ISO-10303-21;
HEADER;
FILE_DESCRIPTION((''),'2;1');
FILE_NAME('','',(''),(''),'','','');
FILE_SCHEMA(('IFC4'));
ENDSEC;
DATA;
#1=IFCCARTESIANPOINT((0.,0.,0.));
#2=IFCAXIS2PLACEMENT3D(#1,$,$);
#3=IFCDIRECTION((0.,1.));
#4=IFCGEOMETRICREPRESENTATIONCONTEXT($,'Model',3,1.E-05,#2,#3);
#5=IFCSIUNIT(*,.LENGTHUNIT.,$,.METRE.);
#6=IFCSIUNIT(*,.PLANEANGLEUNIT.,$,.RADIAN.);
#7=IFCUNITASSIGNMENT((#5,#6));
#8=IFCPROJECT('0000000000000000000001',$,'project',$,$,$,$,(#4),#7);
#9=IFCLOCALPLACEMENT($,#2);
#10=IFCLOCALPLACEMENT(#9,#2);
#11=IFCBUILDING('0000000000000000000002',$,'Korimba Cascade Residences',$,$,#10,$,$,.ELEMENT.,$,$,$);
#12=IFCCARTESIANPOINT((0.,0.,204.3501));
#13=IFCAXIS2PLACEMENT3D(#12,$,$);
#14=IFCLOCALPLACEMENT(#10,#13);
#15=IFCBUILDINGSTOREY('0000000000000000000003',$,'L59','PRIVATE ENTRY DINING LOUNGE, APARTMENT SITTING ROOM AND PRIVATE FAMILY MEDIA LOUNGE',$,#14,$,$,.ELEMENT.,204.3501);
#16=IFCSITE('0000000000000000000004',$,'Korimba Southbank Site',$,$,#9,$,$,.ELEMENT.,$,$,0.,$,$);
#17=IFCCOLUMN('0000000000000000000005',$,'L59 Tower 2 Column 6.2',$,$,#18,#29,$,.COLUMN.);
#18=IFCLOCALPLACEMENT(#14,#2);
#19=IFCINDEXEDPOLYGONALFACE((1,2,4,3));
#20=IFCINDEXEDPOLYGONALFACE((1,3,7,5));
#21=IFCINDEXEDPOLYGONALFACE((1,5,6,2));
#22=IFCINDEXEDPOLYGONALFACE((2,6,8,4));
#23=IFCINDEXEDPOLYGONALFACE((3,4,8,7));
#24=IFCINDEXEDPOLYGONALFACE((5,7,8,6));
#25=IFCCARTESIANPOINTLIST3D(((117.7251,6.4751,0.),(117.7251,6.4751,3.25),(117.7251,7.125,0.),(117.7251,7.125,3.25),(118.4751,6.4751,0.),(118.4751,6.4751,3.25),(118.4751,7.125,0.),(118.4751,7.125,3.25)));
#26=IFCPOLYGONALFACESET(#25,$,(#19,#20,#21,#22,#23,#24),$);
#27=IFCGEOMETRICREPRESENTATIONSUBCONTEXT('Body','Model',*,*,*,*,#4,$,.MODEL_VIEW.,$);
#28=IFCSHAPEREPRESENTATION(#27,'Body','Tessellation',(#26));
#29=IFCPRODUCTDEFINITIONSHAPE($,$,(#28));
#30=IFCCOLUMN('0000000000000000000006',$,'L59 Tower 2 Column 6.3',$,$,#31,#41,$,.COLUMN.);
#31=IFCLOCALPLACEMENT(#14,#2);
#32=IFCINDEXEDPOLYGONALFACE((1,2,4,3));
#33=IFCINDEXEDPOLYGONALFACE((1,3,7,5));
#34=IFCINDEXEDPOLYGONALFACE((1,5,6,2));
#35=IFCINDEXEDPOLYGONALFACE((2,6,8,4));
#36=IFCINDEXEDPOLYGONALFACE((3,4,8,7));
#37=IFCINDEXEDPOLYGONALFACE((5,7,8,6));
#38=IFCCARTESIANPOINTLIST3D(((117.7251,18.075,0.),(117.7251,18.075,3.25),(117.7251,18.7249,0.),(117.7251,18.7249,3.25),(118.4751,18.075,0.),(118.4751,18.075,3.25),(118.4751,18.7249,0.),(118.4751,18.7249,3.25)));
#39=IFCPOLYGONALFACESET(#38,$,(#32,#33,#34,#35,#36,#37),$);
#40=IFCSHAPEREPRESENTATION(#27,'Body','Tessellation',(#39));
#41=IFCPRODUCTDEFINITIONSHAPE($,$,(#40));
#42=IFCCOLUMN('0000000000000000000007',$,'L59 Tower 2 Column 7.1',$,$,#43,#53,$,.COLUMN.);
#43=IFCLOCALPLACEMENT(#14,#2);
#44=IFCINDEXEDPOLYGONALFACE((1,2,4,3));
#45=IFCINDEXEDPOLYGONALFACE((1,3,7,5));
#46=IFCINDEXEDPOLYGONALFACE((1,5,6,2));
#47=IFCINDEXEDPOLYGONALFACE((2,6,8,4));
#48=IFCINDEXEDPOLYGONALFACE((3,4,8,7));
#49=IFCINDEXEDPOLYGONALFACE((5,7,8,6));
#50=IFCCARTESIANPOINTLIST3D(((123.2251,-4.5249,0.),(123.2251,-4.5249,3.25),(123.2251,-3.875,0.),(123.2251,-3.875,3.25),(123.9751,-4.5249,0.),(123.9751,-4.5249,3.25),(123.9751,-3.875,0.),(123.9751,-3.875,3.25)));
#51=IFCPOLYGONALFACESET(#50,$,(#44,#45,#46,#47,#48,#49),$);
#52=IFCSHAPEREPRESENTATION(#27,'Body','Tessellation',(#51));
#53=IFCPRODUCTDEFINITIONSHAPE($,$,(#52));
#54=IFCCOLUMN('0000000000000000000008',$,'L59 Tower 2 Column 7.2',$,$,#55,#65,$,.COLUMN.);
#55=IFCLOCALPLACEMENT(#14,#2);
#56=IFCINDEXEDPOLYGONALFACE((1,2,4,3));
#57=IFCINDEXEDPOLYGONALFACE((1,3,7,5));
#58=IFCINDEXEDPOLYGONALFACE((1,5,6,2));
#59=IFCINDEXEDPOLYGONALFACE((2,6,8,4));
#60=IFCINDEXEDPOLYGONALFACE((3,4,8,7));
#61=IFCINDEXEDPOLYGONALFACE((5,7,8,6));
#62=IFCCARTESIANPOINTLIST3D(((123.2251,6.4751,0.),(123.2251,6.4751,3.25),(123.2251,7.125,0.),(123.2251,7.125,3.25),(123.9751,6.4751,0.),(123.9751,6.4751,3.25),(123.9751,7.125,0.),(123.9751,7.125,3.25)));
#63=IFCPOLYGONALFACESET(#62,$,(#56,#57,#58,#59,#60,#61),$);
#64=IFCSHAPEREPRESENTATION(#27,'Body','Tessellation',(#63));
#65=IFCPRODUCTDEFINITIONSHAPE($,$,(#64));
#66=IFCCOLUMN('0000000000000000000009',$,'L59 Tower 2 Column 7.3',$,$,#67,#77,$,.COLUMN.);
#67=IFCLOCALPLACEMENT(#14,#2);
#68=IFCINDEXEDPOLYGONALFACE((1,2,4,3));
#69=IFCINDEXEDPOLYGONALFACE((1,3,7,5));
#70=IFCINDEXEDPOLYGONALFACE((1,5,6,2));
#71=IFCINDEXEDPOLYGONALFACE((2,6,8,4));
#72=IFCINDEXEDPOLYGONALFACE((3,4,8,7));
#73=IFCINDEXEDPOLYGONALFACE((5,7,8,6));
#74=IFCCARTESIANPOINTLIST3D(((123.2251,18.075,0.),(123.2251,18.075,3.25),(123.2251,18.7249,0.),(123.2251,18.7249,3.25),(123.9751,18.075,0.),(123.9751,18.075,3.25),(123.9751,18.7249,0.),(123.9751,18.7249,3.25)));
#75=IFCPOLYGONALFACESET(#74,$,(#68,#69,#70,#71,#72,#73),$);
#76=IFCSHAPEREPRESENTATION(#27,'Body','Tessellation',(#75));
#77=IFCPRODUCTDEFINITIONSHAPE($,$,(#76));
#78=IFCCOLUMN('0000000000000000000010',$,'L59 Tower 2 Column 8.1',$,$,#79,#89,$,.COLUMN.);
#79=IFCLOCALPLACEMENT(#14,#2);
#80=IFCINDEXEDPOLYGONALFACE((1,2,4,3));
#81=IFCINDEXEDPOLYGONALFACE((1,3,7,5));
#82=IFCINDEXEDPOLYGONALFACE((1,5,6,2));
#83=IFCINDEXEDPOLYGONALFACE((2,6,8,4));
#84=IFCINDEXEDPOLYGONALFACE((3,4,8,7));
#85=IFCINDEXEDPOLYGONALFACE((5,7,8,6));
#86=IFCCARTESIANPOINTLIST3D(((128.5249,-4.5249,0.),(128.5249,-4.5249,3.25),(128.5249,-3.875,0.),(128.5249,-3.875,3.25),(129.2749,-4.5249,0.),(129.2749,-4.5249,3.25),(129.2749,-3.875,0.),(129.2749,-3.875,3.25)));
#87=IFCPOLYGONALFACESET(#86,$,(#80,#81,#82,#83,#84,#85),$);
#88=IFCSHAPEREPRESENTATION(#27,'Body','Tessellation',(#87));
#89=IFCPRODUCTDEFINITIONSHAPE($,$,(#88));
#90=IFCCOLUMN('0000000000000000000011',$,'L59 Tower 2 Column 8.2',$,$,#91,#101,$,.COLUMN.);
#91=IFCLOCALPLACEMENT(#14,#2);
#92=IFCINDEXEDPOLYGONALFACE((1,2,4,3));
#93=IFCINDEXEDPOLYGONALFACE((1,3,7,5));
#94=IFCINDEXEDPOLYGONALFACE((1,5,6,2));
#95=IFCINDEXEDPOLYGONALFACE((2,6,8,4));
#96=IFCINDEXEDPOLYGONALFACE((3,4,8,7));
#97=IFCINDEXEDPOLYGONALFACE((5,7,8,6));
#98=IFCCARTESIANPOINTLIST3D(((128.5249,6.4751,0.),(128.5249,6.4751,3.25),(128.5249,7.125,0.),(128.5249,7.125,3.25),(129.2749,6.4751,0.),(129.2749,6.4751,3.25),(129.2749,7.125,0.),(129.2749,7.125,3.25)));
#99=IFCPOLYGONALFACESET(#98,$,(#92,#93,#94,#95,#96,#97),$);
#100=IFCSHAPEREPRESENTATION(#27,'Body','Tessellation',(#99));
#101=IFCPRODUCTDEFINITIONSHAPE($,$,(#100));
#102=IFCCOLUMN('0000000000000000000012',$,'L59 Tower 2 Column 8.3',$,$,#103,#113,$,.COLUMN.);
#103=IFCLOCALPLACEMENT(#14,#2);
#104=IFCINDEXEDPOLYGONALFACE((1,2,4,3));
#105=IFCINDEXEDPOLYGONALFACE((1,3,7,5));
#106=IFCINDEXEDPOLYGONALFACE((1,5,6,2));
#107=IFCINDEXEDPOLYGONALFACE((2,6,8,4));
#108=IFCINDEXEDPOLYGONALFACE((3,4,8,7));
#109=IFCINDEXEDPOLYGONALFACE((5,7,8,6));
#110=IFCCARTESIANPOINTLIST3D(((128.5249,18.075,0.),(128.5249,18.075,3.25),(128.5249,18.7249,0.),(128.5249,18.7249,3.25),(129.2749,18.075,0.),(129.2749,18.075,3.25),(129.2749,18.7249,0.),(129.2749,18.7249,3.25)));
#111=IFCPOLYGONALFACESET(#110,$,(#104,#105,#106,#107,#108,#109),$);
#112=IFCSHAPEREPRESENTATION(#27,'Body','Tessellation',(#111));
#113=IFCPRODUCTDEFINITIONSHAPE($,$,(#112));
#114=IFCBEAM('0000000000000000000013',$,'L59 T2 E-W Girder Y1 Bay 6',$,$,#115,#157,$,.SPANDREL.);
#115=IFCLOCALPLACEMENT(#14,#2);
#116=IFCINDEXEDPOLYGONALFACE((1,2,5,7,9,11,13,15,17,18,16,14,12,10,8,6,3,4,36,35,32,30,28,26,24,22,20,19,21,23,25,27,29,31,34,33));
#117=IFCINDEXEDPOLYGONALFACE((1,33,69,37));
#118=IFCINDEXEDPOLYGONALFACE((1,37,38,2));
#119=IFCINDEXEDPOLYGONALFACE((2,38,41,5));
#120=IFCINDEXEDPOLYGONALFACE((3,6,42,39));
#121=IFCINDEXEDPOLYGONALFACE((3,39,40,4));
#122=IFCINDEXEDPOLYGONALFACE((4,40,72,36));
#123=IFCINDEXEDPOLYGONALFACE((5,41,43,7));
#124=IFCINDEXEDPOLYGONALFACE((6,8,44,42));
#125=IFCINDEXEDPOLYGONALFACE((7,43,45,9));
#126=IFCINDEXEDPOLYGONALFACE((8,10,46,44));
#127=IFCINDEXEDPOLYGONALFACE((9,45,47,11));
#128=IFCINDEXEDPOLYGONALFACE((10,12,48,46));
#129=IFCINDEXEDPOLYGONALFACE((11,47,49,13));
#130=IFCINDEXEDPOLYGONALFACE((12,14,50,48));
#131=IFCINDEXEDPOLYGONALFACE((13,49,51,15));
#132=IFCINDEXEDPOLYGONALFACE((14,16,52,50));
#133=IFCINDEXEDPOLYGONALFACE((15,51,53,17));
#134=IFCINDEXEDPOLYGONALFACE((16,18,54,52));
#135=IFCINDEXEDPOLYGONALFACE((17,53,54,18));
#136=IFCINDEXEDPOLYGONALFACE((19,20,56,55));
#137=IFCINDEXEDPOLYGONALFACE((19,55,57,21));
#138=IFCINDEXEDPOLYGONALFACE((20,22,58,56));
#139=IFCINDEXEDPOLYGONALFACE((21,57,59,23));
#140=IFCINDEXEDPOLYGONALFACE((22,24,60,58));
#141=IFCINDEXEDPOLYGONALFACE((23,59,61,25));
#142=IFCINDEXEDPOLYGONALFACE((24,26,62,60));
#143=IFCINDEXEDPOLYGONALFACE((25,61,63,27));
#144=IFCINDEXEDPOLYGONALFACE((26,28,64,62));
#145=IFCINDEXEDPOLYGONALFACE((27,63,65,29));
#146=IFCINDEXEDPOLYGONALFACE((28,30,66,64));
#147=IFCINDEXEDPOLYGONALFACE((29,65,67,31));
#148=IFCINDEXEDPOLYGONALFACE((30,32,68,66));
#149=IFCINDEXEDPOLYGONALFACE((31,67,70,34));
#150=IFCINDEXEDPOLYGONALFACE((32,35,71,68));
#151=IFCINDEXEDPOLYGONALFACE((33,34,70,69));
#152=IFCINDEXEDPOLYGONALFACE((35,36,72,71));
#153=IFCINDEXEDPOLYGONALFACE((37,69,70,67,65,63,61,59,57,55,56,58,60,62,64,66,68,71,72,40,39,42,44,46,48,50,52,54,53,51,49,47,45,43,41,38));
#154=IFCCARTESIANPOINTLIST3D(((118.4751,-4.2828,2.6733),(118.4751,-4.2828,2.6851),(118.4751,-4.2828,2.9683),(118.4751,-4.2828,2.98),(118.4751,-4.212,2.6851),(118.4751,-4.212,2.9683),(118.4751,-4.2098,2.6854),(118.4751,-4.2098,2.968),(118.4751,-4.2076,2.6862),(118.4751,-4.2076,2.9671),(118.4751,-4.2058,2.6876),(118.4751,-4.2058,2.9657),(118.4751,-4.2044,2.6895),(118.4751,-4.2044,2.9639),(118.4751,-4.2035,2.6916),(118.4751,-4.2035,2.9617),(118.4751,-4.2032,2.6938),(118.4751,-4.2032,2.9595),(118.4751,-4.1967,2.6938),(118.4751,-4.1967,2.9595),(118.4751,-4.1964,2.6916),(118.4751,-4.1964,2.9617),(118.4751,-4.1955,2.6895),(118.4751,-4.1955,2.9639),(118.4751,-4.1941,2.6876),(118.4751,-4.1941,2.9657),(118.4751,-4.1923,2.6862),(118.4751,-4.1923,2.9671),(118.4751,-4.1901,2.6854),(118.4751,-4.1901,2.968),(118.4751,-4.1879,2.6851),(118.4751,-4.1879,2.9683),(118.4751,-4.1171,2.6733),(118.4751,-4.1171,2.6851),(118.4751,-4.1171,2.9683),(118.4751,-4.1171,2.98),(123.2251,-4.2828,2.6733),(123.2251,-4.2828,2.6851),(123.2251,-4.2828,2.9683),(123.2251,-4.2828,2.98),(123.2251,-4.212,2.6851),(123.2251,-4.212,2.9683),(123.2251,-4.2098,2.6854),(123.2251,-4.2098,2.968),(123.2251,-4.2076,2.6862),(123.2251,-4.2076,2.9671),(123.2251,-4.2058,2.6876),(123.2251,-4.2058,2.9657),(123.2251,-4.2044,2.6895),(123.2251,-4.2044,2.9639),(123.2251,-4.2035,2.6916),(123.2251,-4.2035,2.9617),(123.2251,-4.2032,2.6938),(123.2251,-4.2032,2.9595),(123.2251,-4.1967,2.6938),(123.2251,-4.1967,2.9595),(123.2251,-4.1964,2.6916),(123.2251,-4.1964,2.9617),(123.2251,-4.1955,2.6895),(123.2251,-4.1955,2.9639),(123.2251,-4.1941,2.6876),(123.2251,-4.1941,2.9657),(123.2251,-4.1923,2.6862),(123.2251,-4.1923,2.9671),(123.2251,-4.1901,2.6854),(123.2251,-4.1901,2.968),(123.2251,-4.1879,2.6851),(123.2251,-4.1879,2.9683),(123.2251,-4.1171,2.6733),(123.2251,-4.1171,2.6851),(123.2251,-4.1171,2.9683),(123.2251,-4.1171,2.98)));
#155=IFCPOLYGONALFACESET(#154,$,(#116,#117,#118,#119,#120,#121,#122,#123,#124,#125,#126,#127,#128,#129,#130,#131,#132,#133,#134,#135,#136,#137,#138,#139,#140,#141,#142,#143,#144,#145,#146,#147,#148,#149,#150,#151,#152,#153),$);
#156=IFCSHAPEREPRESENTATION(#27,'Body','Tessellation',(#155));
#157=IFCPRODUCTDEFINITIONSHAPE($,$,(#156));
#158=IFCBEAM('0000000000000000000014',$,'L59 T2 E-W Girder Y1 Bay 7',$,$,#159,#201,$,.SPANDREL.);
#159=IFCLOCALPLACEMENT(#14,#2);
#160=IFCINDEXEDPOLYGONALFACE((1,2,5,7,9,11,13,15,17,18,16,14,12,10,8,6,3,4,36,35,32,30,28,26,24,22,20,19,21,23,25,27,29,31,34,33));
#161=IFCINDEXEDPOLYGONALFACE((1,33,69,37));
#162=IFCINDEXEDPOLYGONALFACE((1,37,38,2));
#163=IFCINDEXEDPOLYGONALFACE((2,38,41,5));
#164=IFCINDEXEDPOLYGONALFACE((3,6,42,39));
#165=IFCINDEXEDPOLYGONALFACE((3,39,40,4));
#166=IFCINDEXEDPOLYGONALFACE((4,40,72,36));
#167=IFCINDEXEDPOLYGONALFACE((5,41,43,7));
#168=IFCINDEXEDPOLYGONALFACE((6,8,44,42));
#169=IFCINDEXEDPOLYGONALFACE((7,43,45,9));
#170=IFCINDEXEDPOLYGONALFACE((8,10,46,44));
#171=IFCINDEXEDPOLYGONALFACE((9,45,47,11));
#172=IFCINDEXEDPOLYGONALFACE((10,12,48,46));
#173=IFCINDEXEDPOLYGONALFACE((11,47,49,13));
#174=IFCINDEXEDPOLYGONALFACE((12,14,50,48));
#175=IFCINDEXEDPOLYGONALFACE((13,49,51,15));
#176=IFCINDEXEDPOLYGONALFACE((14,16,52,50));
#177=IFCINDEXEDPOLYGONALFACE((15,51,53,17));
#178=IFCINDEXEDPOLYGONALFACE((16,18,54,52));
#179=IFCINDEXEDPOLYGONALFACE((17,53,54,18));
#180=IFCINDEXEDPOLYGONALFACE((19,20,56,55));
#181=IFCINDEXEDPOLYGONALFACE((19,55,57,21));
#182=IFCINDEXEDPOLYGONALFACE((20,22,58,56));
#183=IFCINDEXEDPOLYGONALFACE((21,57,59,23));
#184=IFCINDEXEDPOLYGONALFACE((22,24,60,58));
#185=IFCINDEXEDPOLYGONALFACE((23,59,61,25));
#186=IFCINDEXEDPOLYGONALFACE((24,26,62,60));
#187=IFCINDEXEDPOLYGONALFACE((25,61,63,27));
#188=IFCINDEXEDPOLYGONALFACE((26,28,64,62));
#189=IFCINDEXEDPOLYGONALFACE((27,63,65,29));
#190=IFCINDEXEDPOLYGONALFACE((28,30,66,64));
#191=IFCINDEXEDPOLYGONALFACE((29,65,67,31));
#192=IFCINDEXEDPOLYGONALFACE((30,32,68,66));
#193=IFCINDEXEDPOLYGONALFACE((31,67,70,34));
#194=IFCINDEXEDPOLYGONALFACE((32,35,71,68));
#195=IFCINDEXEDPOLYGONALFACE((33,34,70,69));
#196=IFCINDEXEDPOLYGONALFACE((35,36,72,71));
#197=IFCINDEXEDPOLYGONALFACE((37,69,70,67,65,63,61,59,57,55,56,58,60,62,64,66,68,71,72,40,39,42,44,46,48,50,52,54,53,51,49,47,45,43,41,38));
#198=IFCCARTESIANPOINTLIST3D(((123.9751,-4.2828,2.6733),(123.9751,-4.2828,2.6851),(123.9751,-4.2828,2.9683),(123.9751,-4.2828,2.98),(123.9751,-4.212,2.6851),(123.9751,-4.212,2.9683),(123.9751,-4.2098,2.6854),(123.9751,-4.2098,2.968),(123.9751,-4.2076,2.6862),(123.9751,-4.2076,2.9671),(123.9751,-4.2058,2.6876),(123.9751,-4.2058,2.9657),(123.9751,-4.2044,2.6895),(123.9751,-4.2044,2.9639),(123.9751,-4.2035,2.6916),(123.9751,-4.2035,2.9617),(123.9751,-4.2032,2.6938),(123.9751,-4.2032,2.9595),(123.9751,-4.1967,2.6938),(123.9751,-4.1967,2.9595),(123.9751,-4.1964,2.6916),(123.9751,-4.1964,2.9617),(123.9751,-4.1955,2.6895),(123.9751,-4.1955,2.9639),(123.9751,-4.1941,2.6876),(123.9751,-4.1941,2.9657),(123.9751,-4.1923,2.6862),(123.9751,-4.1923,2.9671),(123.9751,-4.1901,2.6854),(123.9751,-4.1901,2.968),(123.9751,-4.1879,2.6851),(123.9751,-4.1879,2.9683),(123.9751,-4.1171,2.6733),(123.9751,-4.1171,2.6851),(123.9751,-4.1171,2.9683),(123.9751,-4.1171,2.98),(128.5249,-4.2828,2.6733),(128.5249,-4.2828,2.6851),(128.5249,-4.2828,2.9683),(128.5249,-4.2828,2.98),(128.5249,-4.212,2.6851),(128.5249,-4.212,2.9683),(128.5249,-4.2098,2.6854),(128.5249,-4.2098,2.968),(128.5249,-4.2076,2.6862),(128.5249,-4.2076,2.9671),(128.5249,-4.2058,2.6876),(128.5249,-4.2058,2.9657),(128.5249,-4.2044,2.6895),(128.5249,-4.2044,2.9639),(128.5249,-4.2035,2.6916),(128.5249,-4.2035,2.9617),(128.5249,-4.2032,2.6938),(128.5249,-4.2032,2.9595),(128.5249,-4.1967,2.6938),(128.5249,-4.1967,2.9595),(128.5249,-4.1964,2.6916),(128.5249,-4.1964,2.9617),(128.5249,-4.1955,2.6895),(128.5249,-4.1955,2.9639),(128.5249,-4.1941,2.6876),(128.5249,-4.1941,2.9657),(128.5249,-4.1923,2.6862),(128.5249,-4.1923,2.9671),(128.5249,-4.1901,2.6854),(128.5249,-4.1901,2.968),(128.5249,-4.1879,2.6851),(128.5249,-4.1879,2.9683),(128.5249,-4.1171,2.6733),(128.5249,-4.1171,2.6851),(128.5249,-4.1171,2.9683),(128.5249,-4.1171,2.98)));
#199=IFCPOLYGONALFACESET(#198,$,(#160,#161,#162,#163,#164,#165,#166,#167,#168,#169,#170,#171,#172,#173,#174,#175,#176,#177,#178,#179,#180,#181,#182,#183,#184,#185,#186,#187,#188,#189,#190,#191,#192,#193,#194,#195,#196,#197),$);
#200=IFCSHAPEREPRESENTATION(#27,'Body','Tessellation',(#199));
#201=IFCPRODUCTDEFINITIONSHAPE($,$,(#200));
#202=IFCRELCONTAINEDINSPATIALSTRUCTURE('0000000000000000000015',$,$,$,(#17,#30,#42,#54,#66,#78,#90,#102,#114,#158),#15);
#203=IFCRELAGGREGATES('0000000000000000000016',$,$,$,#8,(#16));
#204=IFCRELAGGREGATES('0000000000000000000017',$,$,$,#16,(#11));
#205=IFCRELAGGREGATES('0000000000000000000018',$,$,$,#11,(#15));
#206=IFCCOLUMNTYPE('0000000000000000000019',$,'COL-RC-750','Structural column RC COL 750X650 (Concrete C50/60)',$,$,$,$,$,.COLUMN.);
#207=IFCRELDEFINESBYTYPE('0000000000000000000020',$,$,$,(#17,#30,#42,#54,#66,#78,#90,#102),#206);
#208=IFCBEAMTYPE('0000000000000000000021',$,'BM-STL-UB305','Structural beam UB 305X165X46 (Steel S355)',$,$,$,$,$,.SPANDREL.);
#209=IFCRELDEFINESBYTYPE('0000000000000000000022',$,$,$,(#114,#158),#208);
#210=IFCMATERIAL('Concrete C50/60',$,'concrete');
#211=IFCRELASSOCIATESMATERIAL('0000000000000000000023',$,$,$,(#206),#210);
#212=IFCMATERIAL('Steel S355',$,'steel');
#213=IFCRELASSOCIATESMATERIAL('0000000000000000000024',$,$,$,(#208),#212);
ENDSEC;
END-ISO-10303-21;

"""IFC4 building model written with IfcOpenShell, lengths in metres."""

from ifc_helpers import new_model, si_unit, direction, frame, origin, origin_2d, place, context, subcontext, project, spatial, rectangle, i_section, extrude, material, material_profile, profile_set, type_object, element, save


model = new_model("IFC4")

# Units and contexts
model_context = context("Model", 3, precision=1e-05, world=origin(), true_north=direction((0.0, 1.0)))
body_context = subcontext(model_context, "Body", "Model", "MODEL_VIEW")
ifc_project = project(units=[si_unit("LENGTHUNIT", "METRE"), si_unit("PLANEANGLEUNIT", "RADIAN")], contexts=[model_context])

# Site, building, storey
site_placement = place(None, origin())
site = spatial("IfcSite", under=ifc_project, at=site_placement, Name="Korimba Southbank Site", CompositionType="ELEMENT", RefElevation=0.0)
building_placement = place(site_placement, origin())
building = spatial("IfcBuilding", under=site, at=building_placement, Name="Korimba Cascade Residences", CompositionType="ELEMENT")
storey_placement = place(building_placement, frame((0.0, 0.0, 204.3501)))
storey = spatial("IfcBuildingStorey", under=building, at=storey_placement, Name="L59", Description="PRIVATE ENTRY DINING LOUNGE, APARTMENT SITTING ROOM AND PRIVATE FAMILY MEDIA LOUNGE", CompositionType="ELEMENT", Elevation=204.3501)

# Columns
ifc_material_1 = material(Name="Concrete C50/60", Category="concrete")
ifc_material_profile_1 = material_profile(ifc_material_1, rectangle(XDim=0.75, YDim=0.6499, at=origin_2d()), Name="Concrete C50/60")
ifc_profile_set_1 = profile_set([ifc_material_profile_1], Name="Concrete C50/60")
column_type = type_object("IfcColumnType", Name="COL-RC-750", Description="Structural column RC COL 750X650 (Concrete C50/60)", PredefinedType="COLUMN", material=ifc_profile_set_1)
for number, where, z_axis, x_axis, name in (
    (1, (118.1001, 6.8, 0.0), (0.0, 0.0, 1.0), (1.0, 0.0, 0.0), "L59 Tower 2 Column 6.2"),
    (2, (118.1001, 18.3999, 0.0), (0.0, 0.0, 1.0), (1.0, 0.0, 0.0), "L59 Tower 2 Column 6.3"),
    (3, (123.6001, -4.2, 0.0), (0.0, 0.0, 1.0), (1.0, 0.0, 0.0), "L59 Tower 2 Column 7.1"),
    (4, (123.6001, 6.8, 0.0), (0.0, 0.0, 1.0), (1.0, 0.0, 0.0), "L59 Tower 2 Column 7.2"),
    (5, (123.6001, 18.3999, 0.0), (0.0, 0.0, 1.0), (1.0, 0.0, 0.0), "L59 Tower 2 Column 7.3"),
    (6, (128.8999, -4.2, 0.0), (0.0, 0.0, 1.0), (1.0, 0.0, 0.0), "L59 Tower 2 Column 8.1"),
    (7, (128.8999, 6.8, 0.0), (0.0, 0.0, 1.0), (1.0, 0.0, 0.0), "L59 Tower 2 Column 8.2"),
    (8, (128.8999, 18.3999, 0.0), (0.0, 0.0, 1.0), (1.0, 0.0, 0.0), "L59 Tower 2 Column 8.3"),
):
    element("IfcColumn", number, at=place(storey_placement, frame(where, z_axis=z_axis, x_axis=x_axis)), inside=storey, type_object=column_type, Name=name, PredefinedType="COLUMN", context=body_context, shape_type="SweptSolid", body=[
        extrude(rectangle(XDim=0.75, YDim=0.6499, at=origin_2d()), origin(), (0.0, 0.0, 1.0), 3.25),
    ])

# Beams
ifc_material_2 = material(Name="Steel S355", Category="steel")
ifc_material_profile_2 = material_profile(ifc_material_2, i_section(OverallWidth=0.1658, OverallDepth=0.3066, WebThickness=0.0066, FlangeThickness=0.0117, FilletRadius=0.0088, at=origin_2d()), Name="Steel S355")
ifc_profile_set_2 = profile_set([ifc_material_profile_2], Name="Steel S355")
beam_type_1 = type_object("IfcBeamType", Name="BM-STL-UB305", Description="Structural beam UB 305X165X46 (Steel S355)", PredefinedType="SPANDREL", material=ifc_profile_set_2)
beam_1_placement = place(storey_placement, frame((118.4751, -4.2, 2.8267), z_axis=(1.0, 0.0, 0.0), x_axis=(0.0, 1.0, 0.0)))
element("IfcBeam", 9, at=beam_1_placement, inside=storey, type_object=beam_type_1, Name="L59 T2 E-W Girder Y1 Bay 6", PredefinedType="SPANDREL", context=body_context, shape_type="SweptSolid", body=[
    extrude(i_section(OverallWidth=0.1658, OverallDepth=0.3066, WebThickness=0.0066, FlangeThickness=0.0117, FilletRadius=0.0088, at=origin_2d()), origin(), (0.0, 0.0, 1.0), 4.75),
])
beam_2_placement = place(storey_placement, frame((123.9751, -4.2, 2.8267), z_axis=(1.0, 0.0, 0.0), x_axis=(0.0, 1.0, 0.0)))
element("IfcBeam", 10, at=beam_2_placement, inside=storey, type_object=beam_type_1, Name="L59 T2 E-W Girder Y1 Bay 7", PredefinedType="SPANDREL", context=body_context, shape_type="SweptSolid", body=[
    extrude(i_section(OverallWidth=0.1658, OverallDepth=0.3066, WebThickness=0.0066, FlangeThickness=0.0117, FilletRadius=0.0088, at=origin_2d()), origin(), (0.0, 0.0, 1.0), 4.5498),
])

save(model, "model.ifc")
